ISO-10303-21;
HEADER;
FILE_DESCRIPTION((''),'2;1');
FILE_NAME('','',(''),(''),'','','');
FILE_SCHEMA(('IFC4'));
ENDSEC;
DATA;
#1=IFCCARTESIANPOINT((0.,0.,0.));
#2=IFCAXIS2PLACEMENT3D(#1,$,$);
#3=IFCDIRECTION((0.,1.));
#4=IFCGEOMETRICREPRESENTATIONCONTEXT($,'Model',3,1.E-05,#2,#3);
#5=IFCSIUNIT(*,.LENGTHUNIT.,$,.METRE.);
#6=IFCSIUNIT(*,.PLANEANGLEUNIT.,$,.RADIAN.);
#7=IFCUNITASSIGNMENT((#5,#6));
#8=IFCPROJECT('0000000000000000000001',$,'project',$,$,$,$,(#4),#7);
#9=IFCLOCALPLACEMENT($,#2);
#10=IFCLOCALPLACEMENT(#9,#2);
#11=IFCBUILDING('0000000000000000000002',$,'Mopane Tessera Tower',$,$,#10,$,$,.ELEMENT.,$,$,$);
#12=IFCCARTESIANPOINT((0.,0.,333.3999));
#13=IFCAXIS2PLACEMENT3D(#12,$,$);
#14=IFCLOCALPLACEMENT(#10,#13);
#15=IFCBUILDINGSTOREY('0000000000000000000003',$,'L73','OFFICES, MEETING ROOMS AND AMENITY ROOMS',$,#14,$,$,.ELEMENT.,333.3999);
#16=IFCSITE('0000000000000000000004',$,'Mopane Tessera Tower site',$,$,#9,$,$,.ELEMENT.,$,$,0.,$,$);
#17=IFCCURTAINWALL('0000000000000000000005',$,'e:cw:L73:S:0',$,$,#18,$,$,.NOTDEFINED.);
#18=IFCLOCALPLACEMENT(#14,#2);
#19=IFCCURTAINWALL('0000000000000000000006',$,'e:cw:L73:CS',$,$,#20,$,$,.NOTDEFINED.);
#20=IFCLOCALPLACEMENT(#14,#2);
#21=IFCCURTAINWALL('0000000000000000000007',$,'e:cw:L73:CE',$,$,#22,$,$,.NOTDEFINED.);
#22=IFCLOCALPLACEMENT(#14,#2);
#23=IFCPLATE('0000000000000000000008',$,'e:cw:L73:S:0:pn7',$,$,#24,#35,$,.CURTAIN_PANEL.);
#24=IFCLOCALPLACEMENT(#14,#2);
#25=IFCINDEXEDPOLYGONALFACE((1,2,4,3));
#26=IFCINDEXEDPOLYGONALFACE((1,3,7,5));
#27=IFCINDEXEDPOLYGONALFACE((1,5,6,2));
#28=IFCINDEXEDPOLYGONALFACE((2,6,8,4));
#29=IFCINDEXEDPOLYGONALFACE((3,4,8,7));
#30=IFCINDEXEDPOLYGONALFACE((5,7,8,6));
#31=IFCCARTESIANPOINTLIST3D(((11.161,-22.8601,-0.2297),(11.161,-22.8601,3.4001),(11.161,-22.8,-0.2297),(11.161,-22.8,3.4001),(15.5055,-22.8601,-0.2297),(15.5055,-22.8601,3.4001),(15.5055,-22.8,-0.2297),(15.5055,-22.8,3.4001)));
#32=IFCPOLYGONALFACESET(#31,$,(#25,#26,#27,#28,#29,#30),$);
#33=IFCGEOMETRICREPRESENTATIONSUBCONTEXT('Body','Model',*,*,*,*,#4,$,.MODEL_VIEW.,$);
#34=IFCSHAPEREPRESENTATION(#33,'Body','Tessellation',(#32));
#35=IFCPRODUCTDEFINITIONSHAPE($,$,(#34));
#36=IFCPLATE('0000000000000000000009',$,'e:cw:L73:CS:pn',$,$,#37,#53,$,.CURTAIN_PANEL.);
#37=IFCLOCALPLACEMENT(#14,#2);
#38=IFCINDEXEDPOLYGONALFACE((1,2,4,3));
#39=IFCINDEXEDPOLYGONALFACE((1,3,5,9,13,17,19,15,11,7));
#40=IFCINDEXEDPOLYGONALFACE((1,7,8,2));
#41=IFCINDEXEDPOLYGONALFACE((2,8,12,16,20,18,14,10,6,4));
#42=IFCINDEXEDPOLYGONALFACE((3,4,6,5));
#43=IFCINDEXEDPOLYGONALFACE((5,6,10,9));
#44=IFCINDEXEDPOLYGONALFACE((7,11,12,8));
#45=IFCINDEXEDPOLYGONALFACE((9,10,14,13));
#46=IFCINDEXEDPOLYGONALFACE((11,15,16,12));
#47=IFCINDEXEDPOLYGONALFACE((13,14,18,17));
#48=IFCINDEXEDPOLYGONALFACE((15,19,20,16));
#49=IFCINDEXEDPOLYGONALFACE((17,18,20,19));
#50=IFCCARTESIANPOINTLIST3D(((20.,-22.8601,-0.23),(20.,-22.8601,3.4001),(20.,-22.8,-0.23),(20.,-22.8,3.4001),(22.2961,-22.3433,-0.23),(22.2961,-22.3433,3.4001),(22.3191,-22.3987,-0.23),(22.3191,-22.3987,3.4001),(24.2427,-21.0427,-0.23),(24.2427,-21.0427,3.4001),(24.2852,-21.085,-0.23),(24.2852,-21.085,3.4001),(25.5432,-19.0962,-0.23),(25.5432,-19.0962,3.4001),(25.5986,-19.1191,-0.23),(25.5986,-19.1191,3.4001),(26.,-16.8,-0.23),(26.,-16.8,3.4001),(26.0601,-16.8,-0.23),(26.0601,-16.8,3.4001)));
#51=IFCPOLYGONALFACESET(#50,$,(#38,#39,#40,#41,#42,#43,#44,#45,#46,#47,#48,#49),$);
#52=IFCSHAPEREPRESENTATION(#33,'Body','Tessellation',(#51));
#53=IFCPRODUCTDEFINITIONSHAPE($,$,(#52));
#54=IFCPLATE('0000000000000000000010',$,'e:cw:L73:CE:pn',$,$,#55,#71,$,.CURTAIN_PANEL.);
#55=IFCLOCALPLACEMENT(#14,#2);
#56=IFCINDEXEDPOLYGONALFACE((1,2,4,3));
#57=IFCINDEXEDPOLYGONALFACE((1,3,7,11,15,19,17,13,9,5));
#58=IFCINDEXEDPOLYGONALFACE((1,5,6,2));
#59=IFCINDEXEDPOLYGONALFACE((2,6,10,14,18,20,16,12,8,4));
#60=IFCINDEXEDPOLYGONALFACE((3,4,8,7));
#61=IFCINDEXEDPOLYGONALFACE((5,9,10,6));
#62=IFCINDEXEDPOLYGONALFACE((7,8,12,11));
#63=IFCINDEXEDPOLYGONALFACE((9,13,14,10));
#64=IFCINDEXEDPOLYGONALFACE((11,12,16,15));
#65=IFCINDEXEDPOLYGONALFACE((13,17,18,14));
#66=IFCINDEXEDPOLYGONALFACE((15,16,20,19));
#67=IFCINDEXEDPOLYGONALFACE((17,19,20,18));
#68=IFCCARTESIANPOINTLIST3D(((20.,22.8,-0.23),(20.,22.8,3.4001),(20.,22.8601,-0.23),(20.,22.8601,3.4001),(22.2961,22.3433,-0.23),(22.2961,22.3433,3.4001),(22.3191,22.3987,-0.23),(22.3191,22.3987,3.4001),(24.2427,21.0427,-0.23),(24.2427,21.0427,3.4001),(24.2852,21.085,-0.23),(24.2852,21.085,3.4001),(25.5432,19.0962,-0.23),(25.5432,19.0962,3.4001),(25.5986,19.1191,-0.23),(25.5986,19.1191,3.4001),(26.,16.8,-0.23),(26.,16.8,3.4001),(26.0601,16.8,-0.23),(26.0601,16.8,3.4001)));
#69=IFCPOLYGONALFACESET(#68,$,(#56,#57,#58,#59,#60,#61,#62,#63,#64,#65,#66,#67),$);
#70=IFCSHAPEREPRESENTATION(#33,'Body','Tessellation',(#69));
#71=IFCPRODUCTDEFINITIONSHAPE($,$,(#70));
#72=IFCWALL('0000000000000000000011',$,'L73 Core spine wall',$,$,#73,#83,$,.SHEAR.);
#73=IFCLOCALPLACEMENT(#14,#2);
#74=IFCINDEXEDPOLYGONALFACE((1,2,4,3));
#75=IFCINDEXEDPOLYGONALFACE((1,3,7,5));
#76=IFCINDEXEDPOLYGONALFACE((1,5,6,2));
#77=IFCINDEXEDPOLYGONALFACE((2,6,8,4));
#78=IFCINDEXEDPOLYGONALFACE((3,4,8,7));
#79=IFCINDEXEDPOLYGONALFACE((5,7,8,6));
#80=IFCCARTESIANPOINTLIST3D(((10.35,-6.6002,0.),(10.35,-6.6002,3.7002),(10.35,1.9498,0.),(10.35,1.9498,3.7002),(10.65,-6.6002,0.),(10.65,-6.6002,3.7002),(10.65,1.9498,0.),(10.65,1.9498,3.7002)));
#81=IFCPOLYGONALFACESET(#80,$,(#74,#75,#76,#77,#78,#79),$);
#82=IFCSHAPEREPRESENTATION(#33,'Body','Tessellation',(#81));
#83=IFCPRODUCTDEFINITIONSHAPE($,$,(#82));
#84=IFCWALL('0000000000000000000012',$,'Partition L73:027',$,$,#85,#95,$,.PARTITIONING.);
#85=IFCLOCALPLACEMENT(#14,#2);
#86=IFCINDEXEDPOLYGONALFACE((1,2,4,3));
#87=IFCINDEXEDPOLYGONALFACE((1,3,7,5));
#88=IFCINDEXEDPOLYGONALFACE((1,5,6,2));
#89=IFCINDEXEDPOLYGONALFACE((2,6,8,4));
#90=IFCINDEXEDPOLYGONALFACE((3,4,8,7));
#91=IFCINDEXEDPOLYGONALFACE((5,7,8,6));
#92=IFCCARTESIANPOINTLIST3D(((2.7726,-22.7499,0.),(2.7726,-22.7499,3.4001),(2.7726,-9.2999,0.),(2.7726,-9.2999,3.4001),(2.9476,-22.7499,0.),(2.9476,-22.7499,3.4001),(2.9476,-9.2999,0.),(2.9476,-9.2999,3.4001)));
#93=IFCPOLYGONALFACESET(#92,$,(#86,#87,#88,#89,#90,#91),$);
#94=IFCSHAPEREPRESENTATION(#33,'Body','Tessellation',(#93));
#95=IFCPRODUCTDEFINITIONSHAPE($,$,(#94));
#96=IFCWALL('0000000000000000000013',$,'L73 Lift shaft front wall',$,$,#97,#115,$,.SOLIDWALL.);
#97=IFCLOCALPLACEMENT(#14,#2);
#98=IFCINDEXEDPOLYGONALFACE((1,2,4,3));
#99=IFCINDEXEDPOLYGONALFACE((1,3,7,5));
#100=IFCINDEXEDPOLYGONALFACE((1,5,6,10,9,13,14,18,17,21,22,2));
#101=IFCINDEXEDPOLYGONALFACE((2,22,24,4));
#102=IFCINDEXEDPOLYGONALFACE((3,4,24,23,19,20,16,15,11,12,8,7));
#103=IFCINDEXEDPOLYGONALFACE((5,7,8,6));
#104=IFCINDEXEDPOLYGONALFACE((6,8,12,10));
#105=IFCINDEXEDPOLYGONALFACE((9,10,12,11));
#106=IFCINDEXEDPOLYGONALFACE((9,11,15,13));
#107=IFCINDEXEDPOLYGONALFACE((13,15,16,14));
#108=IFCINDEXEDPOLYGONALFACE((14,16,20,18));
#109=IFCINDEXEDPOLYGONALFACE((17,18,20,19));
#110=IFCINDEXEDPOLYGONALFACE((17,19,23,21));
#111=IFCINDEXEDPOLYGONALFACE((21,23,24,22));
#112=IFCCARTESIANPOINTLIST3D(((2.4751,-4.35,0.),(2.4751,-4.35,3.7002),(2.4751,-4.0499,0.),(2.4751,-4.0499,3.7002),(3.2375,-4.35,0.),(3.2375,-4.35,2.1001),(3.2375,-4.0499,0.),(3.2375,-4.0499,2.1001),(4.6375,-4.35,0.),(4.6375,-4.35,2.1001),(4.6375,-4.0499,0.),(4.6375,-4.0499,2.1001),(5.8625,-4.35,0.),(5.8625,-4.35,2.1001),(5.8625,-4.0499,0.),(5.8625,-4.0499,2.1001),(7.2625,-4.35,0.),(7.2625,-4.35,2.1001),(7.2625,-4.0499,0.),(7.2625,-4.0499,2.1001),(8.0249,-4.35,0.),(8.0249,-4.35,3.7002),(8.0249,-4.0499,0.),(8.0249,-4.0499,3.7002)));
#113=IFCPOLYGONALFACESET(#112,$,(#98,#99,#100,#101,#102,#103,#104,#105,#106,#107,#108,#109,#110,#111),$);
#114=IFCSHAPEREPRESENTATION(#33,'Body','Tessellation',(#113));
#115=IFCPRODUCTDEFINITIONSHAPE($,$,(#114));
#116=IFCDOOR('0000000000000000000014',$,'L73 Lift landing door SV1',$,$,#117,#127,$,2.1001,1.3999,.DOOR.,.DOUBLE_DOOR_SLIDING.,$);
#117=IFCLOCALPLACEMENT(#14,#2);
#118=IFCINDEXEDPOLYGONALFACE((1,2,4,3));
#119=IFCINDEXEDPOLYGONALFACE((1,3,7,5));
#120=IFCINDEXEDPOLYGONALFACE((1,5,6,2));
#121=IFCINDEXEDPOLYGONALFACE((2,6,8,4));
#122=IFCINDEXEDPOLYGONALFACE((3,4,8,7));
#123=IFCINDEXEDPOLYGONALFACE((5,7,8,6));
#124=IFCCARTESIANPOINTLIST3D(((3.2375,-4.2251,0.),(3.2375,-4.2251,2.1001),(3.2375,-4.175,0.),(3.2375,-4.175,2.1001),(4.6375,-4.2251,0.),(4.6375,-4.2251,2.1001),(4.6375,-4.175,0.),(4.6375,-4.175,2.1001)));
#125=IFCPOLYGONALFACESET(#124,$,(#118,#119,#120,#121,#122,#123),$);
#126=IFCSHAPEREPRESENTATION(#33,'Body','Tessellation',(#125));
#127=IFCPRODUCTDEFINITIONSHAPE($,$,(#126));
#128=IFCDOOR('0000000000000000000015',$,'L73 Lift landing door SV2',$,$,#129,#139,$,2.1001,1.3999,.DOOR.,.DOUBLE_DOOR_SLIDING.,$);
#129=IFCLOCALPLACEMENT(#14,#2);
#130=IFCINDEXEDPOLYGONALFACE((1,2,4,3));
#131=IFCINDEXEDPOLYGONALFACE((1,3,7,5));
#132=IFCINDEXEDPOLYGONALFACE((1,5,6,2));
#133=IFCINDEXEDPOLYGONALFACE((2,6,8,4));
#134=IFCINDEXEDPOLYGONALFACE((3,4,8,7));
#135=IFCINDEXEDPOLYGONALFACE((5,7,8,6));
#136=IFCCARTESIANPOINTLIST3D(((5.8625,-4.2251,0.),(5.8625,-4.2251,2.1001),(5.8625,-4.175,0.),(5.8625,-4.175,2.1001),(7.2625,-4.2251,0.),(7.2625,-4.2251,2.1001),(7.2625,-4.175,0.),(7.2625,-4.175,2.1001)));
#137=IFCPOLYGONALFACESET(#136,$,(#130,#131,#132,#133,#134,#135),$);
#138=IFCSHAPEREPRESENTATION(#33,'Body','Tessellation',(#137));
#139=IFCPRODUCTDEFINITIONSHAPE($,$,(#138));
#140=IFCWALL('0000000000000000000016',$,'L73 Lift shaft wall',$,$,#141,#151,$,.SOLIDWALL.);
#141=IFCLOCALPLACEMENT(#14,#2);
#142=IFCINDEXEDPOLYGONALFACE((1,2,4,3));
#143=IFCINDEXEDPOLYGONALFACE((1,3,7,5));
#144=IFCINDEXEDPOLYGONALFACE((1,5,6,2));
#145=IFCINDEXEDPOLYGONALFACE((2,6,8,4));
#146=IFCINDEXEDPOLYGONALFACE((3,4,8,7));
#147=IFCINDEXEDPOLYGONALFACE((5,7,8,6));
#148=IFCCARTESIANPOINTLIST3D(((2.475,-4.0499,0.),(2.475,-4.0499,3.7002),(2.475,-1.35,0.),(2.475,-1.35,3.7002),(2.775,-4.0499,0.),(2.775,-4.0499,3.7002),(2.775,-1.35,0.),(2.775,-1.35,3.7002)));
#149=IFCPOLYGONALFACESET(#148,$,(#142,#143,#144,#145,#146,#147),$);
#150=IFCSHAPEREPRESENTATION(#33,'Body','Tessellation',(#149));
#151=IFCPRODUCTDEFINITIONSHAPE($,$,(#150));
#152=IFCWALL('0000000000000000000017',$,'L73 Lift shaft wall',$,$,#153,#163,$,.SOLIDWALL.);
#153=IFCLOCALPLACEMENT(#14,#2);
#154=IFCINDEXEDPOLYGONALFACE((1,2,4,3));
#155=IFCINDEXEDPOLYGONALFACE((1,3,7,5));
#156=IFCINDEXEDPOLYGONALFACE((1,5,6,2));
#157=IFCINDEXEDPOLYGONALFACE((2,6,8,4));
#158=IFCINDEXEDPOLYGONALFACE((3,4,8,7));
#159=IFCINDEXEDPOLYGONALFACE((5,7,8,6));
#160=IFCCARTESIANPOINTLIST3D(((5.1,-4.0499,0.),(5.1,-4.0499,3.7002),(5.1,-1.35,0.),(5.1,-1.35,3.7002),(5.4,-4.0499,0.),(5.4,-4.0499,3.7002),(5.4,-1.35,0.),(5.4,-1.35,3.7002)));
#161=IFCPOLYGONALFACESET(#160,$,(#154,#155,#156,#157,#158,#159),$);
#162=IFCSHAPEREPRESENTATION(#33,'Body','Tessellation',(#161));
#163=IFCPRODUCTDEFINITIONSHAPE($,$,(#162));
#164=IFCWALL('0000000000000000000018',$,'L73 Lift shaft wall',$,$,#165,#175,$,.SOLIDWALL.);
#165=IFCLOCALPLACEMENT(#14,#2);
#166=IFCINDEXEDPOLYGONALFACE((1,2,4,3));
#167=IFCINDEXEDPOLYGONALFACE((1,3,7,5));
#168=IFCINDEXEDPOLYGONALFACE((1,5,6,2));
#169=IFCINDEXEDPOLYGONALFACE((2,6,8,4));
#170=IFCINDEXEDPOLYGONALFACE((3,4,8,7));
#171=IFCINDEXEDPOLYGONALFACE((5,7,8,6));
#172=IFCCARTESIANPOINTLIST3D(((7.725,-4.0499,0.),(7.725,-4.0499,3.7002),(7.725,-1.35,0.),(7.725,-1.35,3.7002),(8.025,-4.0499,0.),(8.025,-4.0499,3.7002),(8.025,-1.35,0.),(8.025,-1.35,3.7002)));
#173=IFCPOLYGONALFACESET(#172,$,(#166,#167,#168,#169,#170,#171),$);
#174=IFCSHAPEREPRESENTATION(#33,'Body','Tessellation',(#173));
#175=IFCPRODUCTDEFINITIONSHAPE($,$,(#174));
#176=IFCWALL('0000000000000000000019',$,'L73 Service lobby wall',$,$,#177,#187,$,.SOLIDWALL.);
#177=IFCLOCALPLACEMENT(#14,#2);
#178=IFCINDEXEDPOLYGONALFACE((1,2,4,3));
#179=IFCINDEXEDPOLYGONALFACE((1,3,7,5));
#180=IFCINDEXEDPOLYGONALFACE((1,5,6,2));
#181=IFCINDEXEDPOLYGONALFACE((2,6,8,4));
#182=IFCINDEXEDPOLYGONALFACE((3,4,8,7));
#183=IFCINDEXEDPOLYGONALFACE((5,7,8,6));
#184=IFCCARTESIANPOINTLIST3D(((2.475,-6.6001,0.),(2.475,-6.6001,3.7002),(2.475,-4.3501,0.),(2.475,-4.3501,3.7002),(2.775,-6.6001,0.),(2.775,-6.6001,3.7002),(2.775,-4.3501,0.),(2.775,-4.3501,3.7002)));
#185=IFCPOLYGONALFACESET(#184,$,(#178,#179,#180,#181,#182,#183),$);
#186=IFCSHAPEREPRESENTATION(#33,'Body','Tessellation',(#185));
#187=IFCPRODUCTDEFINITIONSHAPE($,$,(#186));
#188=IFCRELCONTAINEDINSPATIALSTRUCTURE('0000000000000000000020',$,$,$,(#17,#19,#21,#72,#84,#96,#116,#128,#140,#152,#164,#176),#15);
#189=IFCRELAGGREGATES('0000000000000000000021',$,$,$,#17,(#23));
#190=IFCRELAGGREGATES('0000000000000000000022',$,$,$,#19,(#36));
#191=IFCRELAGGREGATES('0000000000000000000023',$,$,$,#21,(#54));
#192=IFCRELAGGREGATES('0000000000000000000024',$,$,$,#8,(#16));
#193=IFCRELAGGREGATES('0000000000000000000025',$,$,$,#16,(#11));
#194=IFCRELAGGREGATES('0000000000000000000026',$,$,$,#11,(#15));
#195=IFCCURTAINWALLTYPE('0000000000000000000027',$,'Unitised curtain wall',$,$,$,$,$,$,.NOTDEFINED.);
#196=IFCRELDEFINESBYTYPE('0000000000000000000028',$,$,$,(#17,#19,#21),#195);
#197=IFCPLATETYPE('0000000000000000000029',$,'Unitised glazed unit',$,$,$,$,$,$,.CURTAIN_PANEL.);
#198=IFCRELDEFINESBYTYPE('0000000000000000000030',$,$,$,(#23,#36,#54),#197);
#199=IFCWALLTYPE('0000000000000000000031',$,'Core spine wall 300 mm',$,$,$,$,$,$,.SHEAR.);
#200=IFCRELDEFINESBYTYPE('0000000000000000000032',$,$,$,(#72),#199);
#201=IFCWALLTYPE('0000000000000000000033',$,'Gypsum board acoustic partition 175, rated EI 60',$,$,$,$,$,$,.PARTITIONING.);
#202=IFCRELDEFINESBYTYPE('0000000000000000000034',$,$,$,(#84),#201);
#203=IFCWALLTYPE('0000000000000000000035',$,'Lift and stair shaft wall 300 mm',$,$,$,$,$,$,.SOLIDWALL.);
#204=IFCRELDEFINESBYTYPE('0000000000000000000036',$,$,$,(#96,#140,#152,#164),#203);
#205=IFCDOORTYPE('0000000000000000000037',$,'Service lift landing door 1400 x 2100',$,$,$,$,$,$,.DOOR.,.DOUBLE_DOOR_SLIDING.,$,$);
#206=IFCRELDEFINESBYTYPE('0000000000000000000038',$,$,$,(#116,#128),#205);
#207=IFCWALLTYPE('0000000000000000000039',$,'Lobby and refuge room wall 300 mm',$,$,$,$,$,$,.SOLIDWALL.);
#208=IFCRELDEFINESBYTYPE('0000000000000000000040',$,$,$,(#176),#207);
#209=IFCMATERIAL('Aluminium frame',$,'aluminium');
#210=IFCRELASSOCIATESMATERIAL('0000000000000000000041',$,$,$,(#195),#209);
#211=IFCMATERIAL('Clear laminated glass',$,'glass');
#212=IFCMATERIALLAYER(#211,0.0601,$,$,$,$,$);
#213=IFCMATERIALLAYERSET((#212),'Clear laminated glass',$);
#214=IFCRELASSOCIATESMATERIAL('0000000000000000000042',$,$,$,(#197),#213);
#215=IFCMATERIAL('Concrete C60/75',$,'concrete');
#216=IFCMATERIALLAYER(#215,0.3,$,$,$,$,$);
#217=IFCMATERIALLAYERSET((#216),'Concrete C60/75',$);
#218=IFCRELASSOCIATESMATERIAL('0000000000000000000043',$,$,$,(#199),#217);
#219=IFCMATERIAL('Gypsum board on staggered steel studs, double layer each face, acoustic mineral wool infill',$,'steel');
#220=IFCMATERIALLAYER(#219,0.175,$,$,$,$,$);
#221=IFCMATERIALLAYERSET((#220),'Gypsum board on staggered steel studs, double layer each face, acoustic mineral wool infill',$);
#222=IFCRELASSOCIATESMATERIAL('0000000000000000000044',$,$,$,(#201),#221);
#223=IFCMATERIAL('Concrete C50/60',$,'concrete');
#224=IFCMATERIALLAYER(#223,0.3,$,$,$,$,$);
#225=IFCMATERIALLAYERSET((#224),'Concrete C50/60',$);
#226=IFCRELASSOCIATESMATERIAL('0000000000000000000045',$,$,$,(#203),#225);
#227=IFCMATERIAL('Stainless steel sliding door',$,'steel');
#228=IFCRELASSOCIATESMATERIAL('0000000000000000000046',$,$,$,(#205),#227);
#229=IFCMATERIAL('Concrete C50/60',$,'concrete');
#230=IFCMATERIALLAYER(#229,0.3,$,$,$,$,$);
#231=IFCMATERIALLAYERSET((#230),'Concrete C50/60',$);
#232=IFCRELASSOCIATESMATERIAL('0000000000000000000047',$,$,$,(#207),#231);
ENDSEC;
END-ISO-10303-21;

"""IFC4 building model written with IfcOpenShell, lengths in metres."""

from ifc_helpers import new_model, si_unit, direction, frame, frame_2d, origin, origin_2d, place, context, subcontext, project, spatial, polyline, rectangle, outline, extrude, material, layer, layer_set, type_object, element, fill, aggregate, save


model = new_model("IFC4")

# Units and contexts
model_context = context("Model", 3, precision=1e-05, world=origin(), true_north=direction((0.0, 1.0)))
body_context = subcontext(model_context, "Body", "Model", "MODEL_VIEW")
ifc_project = project(units=[si_unit("LENGTHUNIT", "METRE"), si_unit("PLANEANGLEUNIT", "RADIAN")], contexts=[model_context])

# Site, building, storey
site_placement = place(None, origin())
site = spatial("IfcSite", under=ifc_project, at=site_placement, Name="Mopane Tessera Tower site", CompositionType="ELEMENT", RefElevation=0.0)
building_placement = place(site_placement, origin())
building = spatial("IfcBuilding", under=site, at=building_placement, Name="Mopane Tessera Tower", CompositionType="ELEMENT")
storey_placement = place(building_placement, frame((0.0, 0.0, 333.3999)))
storey = spatial("IfcBuildingStorey", under=building, at=storey_placement, Name="L73", Description="OFFICES, MEETING ROOMS AND AMENITY ROOMS", CompositionType="ELEMENT", Elevation=333.3999)

# Curtain wall
ifc_material_1 = material(Name="Aluminium frame", Category="aluminium")
curtain_wall_type = type_object("IfcCurtainWallType", Name="Unitised curtain wall", PredefinedType="NOTDEFINED", material=ifc_material_1)
curtain_wall_1_placement = place(storey_placement, origin())
curtain_wall_1 = element("IfcCurtainWall", 1, at=curtain_wall_1_placement, inside=storey, type_object=curtain_wall_type, Name="e:cw:L73:S:0", PredefinedType="NOTDEFINED")

# Curtain walls
curtain_wall_2_placement = place(storey_placement, origin())
curtain_wall_2 = element("IfcCurtainWall", 2, at=curtain_wall_2_placement, inside=storey, type_object=curtain_wall_type, Name="e:cw:L73:CS", PredefinedType="NOTDEFINED")
curtain_wall_3_placement = place(storey_placement, origin())
curtain_wall_3 = element("IfcCurtainWall", 3, at=curtain_wall_3_placement, inside=storey, type_object=curtain_wall_type, Name="e:cw:L73:CE", PredefinedType="NOTDEFINED")

# Plates
ifc_material_2 = material(Name="Clear laminated glass", Category="glass")
ifc_layer_1 = layer(ifc_material_2, 0.0601)
ifc_layer_set_1 = layer_set([ifc_layer_1], Name="Clear laminated glass")
plate_type = type_object("IfcPlateType", Name="Unitised glazed unit", PredefinedType="CURTAIN_PANEL", material=ifc_layer_set_1)
plate_1_placement = place(storey_placement, frame((13.3333, -22.8301, -0.2297), z_axis=(0.0, 0.0, 1.0), x_axis=(1.0, 0.0, 0.0)))
plate_1 = element("IfcPlate", 4, at=plate_1_placement, type_object=plate_type, Name="e:cw:L73:S:0:pn7", PredefinedType="CURTAIN_PANEL", context=body_context, shape_type="SweptSolid", body=[
    extrude(rectangle(XDim=4.3445, YDim=0.0601, at=origin_2d()), origin(), (0.0, 0.0, 1.0), 3.6299),
])
aggregate(curtain_wall_1, [plate_1])
plate_2_placement = place(storey_placement, frame((0.0, 0.0, -0.23)))
plate_2 = element("IfcPlate", 5, at=plate_2_placement, type_object=plate_type, Name="e:cw:L73:CS:pn", PredefinedType="CURTAIN_PANEL", context=body_context, shape_type="SweptSolid", body=[
    extrude(outline(polyline([(20.0, -22.8), (22.2961, -22.3433), (24.2427, -21.0427), (25.5432, -19.0962), (26.0, -16.8), (26.0601, -16.8), (25.5986, -19.1191), (24.2852, -21.085), (22.3191, -22.3987), (20.0, -22.8601), (20.0, -22.8)])), origin(), (0.0, 0.0, 1.0), 3.6301),
])
aggregate(curtain_wall_2, [plate_2])
plate_3_placement = place(storey_placement, frame((0.0, 0.0, -0.23)))
plate_3 = element("IfcPlate", 6, at=plate_3_placement, type_object=plate_type, Name="e:cw:L73:CE:pn", PredefinedType="CURTAIN_PANEL", context=body_context, shape_type="SweptSolid", body=[
    extrude(outline(polyline([(26.0, 16.8), (25.5432, 19.0962), (24.2427, 21.0427), (22.2961, 22.3433), (20.0, 22.8), (20.0, 22.8601), (22.3191, 22.3987), (24.2852, 21.085), (25.5986, 19.1191), (26.0601, 16.8), (26.0, 16.8)])), origin(), (0.0, 0.0, 1.0), 3.6301),
])
aggregate(curtain_wall_3, [plate_3])

# Walls
ifc_material_3 = material(Name="Concrete C60/75", Category="concrete")
ifc_layer_2 = layer(ifc_material_3, 0.3)
ifc_layer_set_2 = layer_set([ifc_layer_2], Name="Concrete C60/75")
wall_type_1 = type_object("IfcWallType", Name="Core spine wall 300 mm", PredefinedType="SHEAR", material=ifc_layer_set_2)
wall_1_placement = place(storey_placement, frame((10.5, -6.6001, 0.0), z_axis=(0.0, 0.0, 1.0), x_axis=(0.0, 1.0, 0.0)))
element("IfcWall", 7, at=wall_1_placement, inside=storey, type_object=wall_type_1, Name="L73 Core spine wall", PredefinedType="SHEAR", context=body_context, shape_type="SweptSolid", body=[
    extrude(rectangle(XDim=8.55, YDim=0.3, at=frame_2d((4.2749, 0.0))), origin(), (0.0, 0.0, 1.0), 3.7002),
])
ifc_material_4 = material(Name="Gypsum board on staggered steel studs, double layer each face, acoustic mineral wool infill", Category="steel")
ifc_layer_3 = layer(ifc_material_4, 0.175)
ifc_layer_set_3 = layer_set([ifc_layer_3], Name="Gypsum board on staggered steel studs, double layer each face, acoustic mineral wool infill")
wall_type_2 = type_object("IfcWallType", Name="Gypsum board acoustic partition 175, rated EI 60", PredefinedType="PARTITIONING", material=ifc_layer_set_3)
wall_2_placement = place(storey_placement, frame((2.8601, -22.75, 0.0), z_axis=(0.0, 0.0, 1.0), x_axis=(0.0, 1.0, 0.0)))
element("IfcWall", 8, at=wall_2_placement, inside=storey, type_object=wall_type_2, Name="Partition L73:027", PredefinedType="PARTITIONING", context=body_context, shape_type="SweptSolid", body=[
    extrude(rectangle(XDim=13.45, YDim=0.175, at=frame_2d((6.7251, 0.0))), origin(), (0.0, 0.0, 1.0), 3.4001),
])

# Wall, openings, doors
ifc_material_5 = material(Name="Concrete C50/60", Category="concrete")
ifc_layer_4 = layer(ifc_material_5, 0.3)
ifc_layer_set_4 = layer_set([ifc_layer_4], Name="Concrete C50/60")
wall_type_3 = type_object("IfcWallType", Name="Lift and stair shaft wall 300 mm", PredefinedType="SOLIDWALL", material=ifc_layer_set_4)
wall_3_placement = place(storey_placement, frame((2.4751, -4.2, 0.0), z_axis=(0.0, 0.0, 1.0), x_axis=(1.0, 0.0, 0.0)))
wall_3 = element("IfcWall", 9, at=wall_3_placement, inside=storey, type_object=wall_type_3, Name="L73 Lift shaft front wall", PredefinedType="SOLIDWALL", context=body_context, shape_type="SweptSolid", body=[
    extrude(rectangle(XDim=5.5498, YDim=0.3, at=frame_2d((2.7749, 0.0))), origin(), (0.0, 0.0, 1.0), 3.7002),
])
opening_1_placement = place(wall_3_placement, frame((0.7625, 0.0, 0.0)))
opening_1 = element("IfcOpeningElement", 10, at=opening_1_placement, cuts=wall_3, PredefinedType="OPENING", context=body_context, shape_type="SweptSolid", body=[
    extrude(rectangle(XDim=1.3999, YDim=2.1001, at=frame_2d((0.7, 1.05))), frame((0.0, 0.1621, 0.0), z_axis=(0.0, -1.0, 0.0), x_axis=(1.0, 0.0, 0.0)), (0.0, 0.0, 1.0), 0.324),
])
opening_2_placement = place(wall_3_placement, frame((3.3875, 0.0, 0.0)))
opening_2 = element("IfcOpeningElement", 11, at=opening_2_placement, cuts=wall_3, PredefinedType="OPENING", context=body_context, shape_type="SweptSolid", body=[
    extrude(rectangle(XDim=1.3999, YDim=2.1001, at=frame_2d((0.7, 1.05))), frame((0.0, 0.1621, 0.0), z_axis=(0.0, -1.0, 0.0), x_axis=(1.0, 0.0, 0.0)), (0.0, 0.0, 1.0), 0.324),
])
ifc_material_6 = material(Name="Stainless steel sliding door", Category="steel")
door_type = type_object("IfcDoorType", Name="Service lift landing door 1400 x 2100", OperationType="DOUBLE_DOOR_SLIDING", PredefinedType="DOOR", material=ifc_material_6)
door_1_placement = place(opening_1_placement, origin())
door_1 = element("IfcDoor", 12, at=door_1_placement, inside=storey, type_object=door_type, Name="L73 Lift landing door SV1", OperationType="DOUBLE_DOOR_SLIDING", OverallHeight=2.1001, OverallWidth=1.3999, PredefinedType="DOOR", context=body_context, shape_type="SweptSolid", body=[
    extrude(rectangle(XDim=1.3999, YDim=2.1001, at=frame_2d((0.7, 1.05))), frame((0.0, 0.0249, 0.0), z_axis=(0.0, -1.0, 0.0), x_axis=(1.0, 0.0, 0.0)), (0.0, 0.0, 1.0), 0.05),
])
fill(opening_1, door_1)
door_2_placement = place(opening_2_placement, origin())
door_2 = element("IfcDoor", 13, at=door_2_placement, inside=storey, type_object=door_type, Name="L73 Lift landing door SV2", OperationType="DOUBLE_DOOR_SLIDING", OverallHeight=2.1001, OverallWidth=1.3999, PredefinedType="DOOR", context=body_context, shape_type="SweptSolid", body=[
    extrude(rectangle(XDim=1.3999, YDim=2.1001, at=frame_2d((0.7, 1.05))), frame((0.0, 0.0249, 0.0), z_axis=(0.0, -1.0, 0.0), x_axis=(1.0, 0.0, 0.0)), (0.0, 0.0, 1.0), 0.05),
])
fill(opening_2, door_2)

# Walls
for number, where, z_axis, x_axis, name in (
    (14, (2.625, -4.05, 0.0), (0.0, 0.0, 1.0), (0.0, 1.0, 0.0), "L73 Lift shaft wall"),
    (15, (5.25, -4.05, 0.0), (0.0, 0.0, 1.0), (0.0, 1.0, 0.0), "L73 Lift shaft wall"),
    (16, (7.875, -4.05, 0.0), (0.0, 0.0, 1.0), (0.0, 1.0, 0.0), "L73 Lift shaft wall"),
):
    element("IfcWall", number, at=place(storey_placement, frame(where, z_axis=z_axis, x_axis=x_axis)), inside=storey, type_object=wall_type_3, Name=name, PredefinedType="SOLIDWALL", context=body_context, shape_type="SweptSolid", body=[
        extrude(rectangle(XDim=2.7, YDim=0.3, at=frame_2d((1.3501, 0.0))), origin(), (0.0, 0.0, 1.0), 3.7002),
    ])
ifc_material_7 = material(Name="Concrete C50/60", Category="concrete")
ifc_layer_5 = layer(ifc_material_7, 0.3)
ifc_layer_set_5 = layer_set([ifc_layer_5], Name="Concrete C50/60")
wall_type_4 = type_object("IfcWallType", Name="Lobby and refuge room wall 300 mm", PredefinedType="SOLIDWALL", material=ifc_layer_set_5)
for number, where, z_axis, x_axis, name in (
    (17, (2.625, -6.6001, 0.0), (0.0, 0.0, 1.0), (0.0, 1.0, 0.0), "L73 Service lobby wall"),
):
    element("IfcWall", number, at=place(storey_placement, frame(where, z_axis=z_axis, x_axis=x_axis)), inside=storey, type_object=wall_type_4, Name=name, PredefinedType="SOLIDWALL", context=body_context, shape_type="SweptSolid", body=[
        extrude(rectangle(XDim=2.25, YDim=0.3, at=frame_2d((1.125, 0.0))), origin(), (0.0, 0.0, 1.0), 3.7002),
    ])

save(model, "model.ifc")
